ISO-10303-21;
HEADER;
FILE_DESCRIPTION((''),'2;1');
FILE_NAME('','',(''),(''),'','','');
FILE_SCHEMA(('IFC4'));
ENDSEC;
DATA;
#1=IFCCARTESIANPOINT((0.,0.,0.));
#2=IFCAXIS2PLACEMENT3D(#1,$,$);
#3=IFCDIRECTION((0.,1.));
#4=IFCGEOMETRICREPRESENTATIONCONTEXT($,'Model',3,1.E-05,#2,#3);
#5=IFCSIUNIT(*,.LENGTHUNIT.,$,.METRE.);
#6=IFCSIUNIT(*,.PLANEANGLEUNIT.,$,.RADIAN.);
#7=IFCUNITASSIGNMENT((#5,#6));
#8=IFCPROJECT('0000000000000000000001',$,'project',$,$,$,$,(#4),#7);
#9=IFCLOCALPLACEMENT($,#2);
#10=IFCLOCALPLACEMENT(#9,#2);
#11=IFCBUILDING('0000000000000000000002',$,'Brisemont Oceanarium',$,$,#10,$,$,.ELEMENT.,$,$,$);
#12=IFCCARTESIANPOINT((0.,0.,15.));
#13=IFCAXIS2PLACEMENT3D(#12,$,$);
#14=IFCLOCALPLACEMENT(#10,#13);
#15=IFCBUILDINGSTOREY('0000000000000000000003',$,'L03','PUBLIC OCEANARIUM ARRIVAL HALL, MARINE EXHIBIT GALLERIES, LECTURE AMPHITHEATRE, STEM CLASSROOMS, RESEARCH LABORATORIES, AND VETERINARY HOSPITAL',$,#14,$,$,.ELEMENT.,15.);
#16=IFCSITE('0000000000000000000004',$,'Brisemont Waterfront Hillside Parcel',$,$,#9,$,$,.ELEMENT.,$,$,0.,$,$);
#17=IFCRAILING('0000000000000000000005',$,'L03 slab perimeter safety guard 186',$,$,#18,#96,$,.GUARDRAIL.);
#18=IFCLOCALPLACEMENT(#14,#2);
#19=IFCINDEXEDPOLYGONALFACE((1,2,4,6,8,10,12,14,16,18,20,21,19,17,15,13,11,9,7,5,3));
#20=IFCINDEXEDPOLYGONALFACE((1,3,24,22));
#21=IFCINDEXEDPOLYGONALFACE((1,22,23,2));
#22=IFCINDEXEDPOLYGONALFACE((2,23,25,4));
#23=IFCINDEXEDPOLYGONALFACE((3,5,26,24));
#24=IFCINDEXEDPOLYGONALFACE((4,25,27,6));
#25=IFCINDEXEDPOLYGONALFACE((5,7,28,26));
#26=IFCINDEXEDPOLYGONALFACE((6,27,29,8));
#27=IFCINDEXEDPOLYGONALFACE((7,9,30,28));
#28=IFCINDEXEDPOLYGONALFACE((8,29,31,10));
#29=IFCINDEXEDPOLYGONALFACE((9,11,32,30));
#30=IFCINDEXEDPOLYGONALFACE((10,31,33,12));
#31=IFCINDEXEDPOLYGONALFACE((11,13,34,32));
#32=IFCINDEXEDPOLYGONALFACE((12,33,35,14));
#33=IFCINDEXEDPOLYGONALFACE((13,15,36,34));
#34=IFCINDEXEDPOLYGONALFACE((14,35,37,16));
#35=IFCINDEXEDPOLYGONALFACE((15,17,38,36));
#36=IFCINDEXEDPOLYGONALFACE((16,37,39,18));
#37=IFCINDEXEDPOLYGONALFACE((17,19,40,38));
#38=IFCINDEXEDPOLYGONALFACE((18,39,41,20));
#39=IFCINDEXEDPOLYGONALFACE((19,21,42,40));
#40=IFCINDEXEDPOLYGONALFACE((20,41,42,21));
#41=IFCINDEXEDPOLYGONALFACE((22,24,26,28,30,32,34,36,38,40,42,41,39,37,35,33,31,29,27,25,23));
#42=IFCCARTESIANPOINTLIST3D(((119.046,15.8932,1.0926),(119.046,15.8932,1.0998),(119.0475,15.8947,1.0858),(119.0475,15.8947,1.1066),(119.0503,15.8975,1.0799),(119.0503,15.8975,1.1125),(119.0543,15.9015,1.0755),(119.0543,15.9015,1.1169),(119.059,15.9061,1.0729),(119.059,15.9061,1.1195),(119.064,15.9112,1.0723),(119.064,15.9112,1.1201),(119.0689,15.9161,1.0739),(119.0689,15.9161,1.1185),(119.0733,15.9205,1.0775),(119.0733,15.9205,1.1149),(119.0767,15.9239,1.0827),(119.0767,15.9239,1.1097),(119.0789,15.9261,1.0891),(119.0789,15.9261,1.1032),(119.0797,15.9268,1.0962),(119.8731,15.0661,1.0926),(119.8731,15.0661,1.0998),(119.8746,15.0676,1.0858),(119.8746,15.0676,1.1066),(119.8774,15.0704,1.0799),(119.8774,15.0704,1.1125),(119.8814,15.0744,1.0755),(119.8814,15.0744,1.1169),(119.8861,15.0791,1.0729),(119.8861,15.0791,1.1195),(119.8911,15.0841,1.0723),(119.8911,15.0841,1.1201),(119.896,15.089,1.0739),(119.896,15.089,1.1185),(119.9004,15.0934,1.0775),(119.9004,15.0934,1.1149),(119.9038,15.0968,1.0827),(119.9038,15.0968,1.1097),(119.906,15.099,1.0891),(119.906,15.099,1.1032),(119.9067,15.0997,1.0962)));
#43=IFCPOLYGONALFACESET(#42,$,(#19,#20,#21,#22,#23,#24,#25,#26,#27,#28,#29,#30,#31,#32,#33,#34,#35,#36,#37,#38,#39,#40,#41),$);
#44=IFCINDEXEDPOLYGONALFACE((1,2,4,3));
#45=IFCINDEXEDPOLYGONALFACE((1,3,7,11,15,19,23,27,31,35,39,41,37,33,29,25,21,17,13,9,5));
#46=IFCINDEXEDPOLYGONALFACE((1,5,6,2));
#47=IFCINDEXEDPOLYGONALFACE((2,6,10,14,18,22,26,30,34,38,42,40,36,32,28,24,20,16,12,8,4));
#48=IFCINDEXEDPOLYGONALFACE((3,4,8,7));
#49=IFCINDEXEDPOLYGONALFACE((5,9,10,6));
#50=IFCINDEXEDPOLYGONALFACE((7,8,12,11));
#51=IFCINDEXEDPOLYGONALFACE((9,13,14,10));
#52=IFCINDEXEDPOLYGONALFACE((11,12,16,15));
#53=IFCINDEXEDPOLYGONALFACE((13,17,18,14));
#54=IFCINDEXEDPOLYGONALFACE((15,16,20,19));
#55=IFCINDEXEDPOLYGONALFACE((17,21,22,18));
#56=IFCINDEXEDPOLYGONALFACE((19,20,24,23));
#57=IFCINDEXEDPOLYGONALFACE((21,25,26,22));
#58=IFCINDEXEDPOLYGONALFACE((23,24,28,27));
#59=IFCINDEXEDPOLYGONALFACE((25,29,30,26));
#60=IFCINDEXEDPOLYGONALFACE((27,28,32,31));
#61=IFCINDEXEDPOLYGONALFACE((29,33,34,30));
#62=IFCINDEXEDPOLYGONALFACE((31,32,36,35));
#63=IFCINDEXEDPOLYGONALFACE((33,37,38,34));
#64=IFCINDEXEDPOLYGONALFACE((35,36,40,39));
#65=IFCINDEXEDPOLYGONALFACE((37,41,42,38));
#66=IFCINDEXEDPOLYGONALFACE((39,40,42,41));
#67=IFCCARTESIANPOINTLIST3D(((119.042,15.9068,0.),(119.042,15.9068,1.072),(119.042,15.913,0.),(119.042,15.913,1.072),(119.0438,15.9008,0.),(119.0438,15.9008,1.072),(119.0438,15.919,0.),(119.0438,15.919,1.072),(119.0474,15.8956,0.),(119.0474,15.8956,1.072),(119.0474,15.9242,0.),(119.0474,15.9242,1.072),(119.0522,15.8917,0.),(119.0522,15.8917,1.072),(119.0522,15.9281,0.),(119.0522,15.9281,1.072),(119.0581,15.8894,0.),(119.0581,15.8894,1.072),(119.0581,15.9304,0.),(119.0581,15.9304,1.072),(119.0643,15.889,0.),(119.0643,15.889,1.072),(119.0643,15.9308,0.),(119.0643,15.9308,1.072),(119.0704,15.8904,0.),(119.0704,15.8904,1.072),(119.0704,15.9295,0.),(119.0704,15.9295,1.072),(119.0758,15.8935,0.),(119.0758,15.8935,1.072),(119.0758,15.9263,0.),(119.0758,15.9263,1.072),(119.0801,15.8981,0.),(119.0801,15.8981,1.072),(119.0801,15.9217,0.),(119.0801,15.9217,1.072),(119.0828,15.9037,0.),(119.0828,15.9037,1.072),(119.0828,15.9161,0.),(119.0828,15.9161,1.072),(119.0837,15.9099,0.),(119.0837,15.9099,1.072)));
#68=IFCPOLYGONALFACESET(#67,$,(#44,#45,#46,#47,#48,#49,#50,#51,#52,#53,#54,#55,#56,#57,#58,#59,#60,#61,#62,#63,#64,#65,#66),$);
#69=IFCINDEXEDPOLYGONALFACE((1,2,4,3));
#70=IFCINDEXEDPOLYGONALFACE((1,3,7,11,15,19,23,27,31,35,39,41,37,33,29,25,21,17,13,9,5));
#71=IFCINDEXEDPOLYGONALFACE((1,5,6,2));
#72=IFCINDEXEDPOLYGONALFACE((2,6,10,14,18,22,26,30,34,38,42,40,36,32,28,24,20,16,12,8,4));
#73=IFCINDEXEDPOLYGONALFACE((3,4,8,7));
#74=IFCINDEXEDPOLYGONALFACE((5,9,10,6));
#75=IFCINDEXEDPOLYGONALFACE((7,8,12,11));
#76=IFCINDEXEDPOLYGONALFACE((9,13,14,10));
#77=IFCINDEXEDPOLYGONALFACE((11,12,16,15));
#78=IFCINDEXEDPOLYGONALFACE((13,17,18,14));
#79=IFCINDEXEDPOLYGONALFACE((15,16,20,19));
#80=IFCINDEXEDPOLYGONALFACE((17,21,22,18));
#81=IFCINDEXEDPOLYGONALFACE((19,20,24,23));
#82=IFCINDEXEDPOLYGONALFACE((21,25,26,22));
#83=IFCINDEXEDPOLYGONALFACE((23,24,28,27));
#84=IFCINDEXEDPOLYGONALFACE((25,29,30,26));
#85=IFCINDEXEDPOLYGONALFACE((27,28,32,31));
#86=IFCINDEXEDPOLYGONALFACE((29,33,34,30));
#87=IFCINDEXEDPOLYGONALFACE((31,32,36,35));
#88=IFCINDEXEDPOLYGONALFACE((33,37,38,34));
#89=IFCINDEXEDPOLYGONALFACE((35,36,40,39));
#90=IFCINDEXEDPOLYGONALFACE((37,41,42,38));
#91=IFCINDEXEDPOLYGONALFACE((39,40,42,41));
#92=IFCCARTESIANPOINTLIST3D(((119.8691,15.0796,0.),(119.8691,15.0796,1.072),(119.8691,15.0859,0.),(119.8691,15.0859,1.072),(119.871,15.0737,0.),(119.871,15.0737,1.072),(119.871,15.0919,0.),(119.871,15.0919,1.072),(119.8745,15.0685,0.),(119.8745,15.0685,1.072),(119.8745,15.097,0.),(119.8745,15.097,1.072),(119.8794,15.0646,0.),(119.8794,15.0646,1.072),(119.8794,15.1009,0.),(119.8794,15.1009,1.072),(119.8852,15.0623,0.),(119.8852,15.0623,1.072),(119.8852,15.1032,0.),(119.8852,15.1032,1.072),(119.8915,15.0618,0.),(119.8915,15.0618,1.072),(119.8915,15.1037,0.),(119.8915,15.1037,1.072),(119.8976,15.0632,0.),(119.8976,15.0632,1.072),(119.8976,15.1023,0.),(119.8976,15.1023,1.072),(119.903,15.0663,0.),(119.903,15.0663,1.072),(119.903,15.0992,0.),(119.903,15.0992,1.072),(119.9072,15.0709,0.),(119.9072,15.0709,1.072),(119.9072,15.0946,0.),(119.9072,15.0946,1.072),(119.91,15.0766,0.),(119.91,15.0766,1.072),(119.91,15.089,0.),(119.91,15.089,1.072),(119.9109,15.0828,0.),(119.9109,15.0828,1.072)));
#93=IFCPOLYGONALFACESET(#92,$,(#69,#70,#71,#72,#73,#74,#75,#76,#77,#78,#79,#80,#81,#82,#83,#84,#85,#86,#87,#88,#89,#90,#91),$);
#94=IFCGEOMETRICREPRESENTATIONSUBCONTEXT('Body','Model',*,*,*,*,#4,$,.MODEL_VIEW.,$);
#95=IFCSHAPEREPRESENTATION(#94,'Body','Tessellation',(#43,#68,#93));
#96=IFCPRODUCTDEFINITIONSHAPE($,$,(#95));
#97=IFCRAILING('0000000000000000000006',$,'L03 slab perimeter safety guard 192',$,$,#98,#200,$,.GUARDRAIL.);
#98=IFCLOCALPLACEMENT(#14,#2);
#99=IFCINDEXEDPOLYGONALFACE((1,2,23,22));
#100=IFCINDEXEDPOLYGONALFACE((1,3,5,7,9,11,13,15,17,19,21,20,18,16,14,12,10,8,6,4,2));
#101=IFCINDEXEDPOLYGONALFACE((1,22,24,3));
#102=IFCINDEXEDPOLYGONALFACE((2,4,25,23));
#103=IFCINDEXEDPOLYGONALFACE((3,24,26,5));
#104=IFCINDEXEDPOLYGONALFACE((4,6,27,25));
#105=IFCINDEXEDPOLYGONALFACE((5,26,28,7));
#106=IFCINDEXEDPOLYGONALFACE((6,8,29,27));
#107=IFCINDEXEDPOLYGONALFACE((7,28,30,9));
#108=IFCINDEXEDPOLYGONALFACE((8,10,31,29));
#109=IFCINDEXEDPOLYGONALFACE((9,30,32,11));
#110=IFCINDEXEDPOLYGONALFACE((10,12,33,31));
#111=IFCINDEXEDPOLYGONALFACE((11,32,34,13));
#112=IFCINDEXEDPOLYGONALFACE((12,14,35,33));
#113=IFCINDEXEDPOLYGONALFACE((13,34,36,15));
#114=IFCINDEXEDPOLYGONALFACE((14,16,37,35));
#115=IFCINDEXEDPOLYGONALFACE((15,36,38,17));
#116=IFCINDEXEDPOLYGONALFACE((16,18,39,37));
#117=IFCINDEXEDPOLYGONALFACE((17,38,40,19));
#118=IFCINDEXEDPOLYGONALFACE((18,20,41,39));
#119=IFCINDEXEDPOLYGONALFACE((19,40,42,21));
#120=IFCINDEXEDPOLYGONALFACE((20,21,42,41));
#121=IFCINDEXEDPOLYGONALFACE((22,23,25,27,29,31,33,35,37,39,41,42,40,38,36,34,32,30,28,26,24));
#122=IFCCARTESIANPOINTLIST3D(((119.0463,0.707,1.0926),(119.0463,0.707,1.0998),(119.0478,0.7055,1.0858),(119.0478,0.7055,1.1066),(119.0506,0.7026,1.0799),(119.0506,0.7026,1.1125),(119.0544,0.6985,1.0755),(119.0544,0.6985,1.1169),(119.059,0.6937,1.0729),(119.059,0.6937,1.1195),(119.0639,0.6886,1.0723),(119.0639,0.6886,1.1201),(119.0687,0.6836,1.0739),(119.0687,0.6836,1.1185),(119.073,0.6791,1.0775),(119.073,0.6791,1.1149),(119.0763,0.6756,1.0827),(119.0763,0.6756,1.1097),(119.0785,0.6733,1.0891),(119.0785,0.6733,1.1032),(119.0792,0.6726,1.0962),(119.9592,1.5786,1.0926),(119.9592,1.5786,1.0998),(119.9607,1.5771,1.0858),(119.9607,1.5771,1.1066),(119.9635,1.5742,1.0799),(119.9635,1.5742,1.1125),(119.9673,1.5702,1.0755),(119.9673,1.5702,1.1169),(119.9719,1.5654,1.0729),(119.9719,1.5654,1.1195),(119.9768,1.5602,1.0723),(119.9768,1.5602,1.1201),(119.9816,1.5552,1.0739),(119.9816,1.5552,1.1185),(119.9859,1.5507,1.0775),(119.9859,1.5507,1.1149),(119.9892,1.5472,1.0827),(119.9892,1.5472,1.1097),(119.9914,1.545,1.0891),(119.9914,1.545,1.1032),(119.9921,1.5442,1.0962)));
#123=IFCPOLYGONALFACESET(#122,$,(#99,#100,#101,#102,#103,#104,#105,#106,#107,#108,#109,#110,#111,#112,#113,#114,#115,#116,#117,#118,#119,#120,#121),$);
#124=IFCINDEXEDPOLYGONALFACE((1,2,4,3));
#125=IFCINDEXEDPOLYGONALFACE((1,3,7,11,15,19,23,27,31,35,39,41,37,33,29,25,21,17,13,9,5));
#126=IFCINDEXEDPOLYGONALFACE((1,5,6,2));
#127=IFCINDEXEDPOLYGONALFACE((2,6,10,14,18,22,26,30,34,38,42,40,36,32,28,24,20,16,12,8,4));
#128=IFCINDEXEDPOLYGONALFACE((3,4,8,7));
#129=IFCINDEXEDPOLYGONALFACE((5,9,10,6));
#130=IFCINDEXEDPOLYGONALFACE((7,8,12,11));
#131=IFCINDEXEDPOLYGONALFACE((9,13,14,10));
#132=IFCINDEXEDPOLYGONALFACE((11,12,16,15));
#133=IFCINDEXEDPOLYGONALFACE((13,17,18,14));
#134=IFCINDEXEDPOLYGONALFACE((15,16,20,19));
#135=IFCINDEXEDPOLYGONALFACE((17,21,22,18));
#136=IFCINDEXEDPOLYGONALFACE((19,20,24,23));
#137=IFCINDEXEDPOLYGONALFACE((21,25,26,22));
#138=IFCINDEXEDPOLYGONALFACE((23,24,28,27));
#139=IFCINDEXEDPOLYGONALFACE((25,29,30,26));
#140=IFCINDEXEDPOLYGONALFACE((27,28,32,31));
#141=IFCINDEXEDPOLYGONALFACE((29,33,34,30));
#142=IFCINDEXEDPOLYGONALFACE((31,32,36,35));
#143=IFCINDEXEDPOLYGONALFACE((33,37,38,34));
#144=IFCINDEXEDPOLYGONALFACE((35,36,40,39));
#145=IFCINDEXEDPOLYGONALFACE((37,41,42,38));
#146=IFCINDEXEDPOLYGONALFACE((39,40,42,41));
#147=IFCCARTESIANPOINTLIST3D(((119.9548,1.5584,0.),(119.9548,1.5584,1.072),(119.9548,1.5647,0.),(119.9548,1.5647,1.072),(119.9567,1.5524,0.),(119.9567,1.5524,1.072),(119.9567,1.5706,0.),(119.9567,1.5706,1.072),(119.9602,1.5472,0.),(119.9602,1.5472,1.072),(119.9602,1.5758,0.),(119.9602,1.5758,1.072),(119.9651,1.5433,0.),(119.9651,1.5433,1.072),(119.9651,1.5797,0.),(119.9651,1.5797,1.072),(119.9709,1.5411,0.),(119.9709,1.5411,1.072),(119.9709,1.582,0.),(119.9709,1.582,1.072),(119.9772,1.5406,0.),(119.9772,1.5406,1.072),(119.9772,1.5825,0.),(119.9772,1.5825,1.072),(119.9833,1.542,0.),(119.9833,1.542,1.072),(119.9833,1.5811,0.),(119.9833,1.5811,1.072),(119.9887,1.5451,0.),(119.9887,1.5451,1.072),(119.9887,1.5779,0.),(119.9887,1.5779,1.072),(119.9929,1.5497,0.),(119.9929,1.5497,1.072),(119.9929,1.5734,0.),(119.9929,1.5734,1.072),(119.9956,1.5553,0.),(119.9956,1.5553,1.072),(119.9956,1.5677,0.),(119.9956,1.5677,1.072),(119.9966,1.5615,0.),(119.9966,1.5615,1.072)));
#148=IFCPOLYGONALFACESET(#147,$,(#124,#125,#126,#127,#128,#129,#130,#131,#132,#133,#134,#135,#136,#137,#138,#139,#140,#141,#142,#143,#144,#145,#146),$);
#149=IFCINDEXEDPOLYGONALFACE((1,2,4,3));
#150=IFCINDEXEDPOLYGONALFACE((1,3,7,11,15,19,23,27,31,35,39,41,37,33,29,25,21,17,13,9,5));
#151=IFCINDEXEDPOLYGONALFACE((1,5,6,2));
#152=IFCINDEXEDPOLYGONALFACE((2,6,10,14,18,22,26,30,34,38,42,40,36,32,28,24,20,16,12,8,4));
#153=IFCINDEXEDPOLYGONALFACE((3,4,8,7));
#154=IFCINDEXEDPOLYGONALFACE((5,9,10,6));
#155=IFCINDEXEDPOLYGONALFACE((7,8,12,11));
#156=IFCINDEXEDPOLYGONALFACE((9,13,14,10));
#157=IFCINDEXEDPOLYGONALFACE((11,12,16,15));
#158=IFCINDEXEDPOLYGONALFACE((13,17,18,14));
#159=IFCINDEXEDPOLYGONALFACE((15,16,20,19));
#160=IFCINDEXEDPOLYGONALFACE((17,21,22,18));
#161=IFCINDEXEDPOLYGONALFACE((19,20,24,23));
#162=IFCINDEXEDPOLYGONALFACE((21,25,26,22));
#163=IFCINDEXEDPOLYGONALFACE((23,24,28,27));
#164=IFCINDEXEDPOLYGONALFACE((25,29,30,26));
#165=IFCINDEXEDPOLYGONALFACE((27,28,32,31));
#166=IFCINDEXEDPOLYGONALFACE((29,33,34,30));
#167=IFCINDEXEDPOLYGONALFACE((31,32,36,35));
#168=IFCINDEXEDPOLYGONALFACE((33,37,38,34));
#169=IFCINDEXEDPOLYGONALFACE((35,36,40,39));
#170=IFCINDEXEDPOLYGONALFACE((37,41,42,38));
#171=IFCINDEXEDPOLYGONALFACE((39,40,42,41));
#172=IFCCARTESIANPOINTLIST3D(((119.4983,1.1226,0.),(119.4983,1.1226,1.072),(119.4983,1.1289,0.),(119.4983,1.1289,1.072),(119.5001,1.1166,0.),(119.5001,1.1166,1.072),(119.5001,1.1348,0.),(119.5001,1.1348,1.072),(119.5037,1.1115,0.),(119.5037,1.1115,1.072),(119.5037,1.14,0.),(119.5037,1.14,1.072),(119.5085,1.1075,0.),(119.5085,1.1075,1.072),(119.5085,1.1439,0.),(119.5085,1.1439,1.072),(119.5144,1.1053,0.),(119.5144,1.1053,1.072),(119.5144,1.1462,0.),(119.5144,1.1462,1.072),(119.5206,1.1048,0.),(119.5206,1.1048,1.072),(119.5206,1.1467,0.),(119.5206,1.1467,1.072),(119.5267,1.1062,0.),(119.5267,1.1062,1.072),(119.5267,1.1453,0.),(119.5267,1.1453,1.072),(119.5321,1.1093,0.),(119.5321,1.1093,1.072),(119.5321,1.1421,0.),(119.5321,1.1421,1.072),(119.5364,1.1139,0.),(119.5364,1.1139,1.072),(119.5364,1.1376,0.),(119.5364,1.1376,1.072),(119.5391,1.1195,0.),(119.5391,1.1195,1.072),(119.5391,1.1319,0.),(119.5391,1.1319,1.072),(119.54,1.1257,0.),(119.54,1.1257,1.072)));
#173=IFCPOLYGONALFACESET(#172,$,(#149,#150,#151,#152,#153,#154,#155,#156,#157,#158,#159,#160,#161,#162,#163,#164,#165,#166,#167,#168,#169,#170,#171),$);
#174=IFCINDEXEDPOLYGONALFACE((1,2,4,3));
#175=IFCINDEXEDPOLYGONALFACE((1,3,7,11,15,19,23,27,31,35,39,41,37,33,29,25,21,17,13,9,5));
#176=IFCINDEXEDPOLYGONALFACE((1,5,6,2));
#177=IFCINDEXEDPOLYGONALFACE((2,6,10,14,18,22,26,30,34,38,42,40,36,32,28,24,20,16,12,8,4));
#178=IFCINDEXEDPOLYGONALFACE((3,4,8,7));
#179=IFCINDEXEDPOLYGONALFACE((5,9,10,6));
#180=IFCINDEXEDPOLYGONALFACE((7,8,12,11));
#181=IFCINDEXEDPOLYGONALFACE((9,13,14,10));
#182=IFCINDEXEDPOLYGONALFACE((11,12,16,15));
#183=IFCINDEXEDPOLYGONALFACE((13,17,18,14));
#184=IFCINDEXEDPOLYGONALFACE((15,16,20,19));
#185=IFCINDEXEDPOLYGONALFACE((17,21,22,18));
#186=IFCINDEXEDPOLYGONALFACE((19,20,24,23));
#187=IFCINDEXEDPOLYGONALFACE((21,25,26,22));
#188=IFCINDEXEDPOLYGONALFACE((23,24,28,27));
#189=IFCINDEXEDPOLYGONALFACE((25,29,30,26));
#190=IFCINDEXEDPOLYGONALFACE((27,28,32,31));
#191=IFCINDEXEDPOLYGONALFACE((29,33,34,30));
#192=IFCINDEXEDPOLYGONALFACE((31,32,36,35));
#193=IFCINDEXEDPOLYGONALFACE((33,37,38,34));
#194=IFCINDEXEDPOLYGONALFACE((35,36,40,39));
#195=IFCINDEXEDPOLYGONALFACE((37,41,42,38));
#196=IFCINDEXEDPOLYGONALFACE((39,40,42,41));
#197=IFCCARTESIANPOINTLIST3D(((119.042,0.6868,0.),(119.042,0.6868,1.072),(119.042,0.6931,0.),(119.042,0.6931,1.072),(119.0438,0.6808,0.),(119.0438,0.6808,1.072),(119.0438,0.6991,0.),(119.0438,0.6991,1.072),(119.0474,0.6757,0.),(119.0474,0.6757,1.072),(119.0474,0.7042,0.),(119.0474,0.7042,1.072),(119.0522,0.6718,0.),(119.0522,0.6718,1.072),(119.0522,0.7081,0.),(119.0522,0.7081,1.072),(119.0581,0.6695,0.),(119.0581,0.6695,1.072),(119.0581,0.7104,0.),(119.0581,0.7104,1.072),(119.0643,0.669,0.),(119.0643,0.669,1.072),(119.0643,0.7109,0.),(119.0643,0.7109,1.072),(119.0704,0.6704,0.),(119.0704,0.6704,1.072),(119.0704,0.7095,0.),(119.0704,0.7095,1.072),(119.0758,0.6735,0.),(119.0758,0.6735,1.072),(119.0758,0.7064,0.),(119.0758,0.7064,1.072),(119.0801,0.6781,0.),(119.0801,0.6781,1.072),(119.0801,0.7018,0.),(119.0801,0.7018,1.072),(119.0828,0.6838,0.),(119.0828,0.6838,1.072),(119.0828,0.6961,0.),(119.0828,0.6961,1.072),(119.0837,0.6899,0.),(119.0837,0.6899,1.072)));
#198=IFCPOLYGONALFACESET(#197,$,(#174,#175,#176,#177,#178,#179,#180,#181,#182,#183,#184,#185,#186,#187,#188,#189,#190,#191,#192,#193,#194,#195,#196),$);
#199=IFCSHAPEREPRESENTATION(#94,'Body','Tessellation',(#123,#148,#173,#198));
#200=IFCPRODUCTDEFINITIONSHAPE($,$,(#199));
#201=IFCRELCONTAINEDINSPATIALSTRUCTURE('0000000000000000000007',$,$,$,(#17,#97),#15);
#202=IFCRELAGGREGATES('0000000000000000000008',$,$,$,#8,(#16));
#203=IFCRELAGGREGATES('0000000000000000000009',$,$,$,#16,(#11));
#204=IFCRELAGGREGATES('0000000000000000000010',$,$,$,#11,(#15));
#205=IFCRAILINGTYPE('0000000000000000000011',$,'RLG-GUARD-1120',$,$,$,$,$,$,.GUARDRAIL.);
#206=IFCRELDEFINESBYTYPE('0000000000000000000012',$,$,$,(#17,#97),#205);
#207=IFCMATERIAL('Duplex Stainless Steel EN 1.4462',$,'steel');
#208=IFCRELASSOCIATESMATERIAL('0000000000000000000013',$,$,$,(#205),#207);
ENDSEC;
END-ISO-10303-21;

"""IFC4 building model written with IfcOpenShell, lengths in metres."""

from ifc_helpers import new_model, si_unit, direction, frame, origin, origin_2d, place, context, subcontext, project, spatial, circle, extrude, material, type_object, element, save


model = new_model("IFC4")

# Units and contexts
model_context = context("Model", 3, precision=1e-05, world=origin(), true_north=direction((0.0, 1.0)))
body_context = subcontext(model_context, "Body", "Model", "MODEL_VIEW")
ifc_project = project(units=[si_unit("LENGTHUNIT", "METRE"), si_unit("PLANEANGLEUNIT", "RADIAN")], contexts=[model_context])

# Site, building, storey
site_placement = place(None, origin())
site = spatial("IfcSite", under=ifc_project, at=site_placement, Name="Brisemont Waterfront Hillside Parcel", CompositionType="ELEMENT", RefElevation=0.0)
building_placement = place(site_placement, origin())
building = spatial("IfcBuilding", under=site, at=building_placement, Name="Brisemont Oceanarium", CompositionType="ELEMENT")
storey_placement = place(building_placement, frame((0.0, 0.0, 15.0)))
storey = spatial("IfcBuildingStorey", under=building, at=storey_placement, Name="L03", Description="PUBLIC OCEANARIUM ARRIVAL HALL, MARINE EXHIBIT GALLERIES, LECTURE AMPHITHEATRE, STEM CLASSROOMS, RESEARCH LABORATORIES, AND VETERINARY HOSPITAL", CompositionType="ELEMENT", Elevation=15.0)

# Railings
ifc_material_1 = material(Name="Duplex Stainless Steel EN 1.4462", Category="steel")
railing_type = type_object("IfcRailingType", Name="RLG-GUARD-1120", PredefinedType="GUARDRAIL", material=ifc_material_1)
railing_1_placement = place(storey_placement, frame((119.0627, 15.9099, 0.0)))
element("IfcRailing", 1, at=railing_1_placement, inside=storey, type_object=railing_type, Name="L03 slab perimeter safety guard 186", PredefinedType="GUARDRAIL", context=body_context, shape_type="SweptSolid", body=[
    extrude(circle(Radius=0.0239, at=origin_2d()), frame((0.0, 0.0, 1.0962), z_axis=(0.707107, -0.707107, 0.0), x_axis=(0.707107, 0.707107, 0.0)), (0.0, 0.0, 1.0), 1.1697),
    extrude(circle(Radius=0.021, at=origin_2d()), origin(), (0.0, 0.0, 1.0), 1.072),
    extrude(circle(Radius=0.021, at=origin_2d()), frame((0.8271, -0.8271, 0.0)), (0.0, 0.0, 1.0), 1.072),
])
railing_2_placement = place(storey_placement, frame((119.9756, 1.5615, 0.0)))
element("IfcRailing", 2, at=railing_2_placement, inside=storey, type_object=railing_type, Name="L03 slab perimeter safety guard 192", PredefinedType="GUARDRAIL", context=body_context, shape_type="SweptSolid", body=[
    extrude(circle(Radius=0.0239, at=origin_2d()), frame((0.0, 0.0, 1.0962), z_axis=(-0.723263, -0.690572, 0.0), x_axis=(0.690572, -0.723263, 0.0)), (0.0, 0.0, 1.0), 1.2622),
    extrude(circle(Radius=0.021, at=origin_2d()), origin(), (0.0, 0.0, 1.0), 1.072),
    extrude(circle(Radius=0.021, at=origin_2d()), frame((-0.4565, -0.4358, 0.0)), (0.0, 0.0, 1.0), 1.072),
    extrude(circle(Radius=0.021, at=origin_2d()), frame((-0.9128, -0.8716, 0.0)), (0.0, 0.0, 1.0), 1.072),
])

save(model, "model.ifc")
